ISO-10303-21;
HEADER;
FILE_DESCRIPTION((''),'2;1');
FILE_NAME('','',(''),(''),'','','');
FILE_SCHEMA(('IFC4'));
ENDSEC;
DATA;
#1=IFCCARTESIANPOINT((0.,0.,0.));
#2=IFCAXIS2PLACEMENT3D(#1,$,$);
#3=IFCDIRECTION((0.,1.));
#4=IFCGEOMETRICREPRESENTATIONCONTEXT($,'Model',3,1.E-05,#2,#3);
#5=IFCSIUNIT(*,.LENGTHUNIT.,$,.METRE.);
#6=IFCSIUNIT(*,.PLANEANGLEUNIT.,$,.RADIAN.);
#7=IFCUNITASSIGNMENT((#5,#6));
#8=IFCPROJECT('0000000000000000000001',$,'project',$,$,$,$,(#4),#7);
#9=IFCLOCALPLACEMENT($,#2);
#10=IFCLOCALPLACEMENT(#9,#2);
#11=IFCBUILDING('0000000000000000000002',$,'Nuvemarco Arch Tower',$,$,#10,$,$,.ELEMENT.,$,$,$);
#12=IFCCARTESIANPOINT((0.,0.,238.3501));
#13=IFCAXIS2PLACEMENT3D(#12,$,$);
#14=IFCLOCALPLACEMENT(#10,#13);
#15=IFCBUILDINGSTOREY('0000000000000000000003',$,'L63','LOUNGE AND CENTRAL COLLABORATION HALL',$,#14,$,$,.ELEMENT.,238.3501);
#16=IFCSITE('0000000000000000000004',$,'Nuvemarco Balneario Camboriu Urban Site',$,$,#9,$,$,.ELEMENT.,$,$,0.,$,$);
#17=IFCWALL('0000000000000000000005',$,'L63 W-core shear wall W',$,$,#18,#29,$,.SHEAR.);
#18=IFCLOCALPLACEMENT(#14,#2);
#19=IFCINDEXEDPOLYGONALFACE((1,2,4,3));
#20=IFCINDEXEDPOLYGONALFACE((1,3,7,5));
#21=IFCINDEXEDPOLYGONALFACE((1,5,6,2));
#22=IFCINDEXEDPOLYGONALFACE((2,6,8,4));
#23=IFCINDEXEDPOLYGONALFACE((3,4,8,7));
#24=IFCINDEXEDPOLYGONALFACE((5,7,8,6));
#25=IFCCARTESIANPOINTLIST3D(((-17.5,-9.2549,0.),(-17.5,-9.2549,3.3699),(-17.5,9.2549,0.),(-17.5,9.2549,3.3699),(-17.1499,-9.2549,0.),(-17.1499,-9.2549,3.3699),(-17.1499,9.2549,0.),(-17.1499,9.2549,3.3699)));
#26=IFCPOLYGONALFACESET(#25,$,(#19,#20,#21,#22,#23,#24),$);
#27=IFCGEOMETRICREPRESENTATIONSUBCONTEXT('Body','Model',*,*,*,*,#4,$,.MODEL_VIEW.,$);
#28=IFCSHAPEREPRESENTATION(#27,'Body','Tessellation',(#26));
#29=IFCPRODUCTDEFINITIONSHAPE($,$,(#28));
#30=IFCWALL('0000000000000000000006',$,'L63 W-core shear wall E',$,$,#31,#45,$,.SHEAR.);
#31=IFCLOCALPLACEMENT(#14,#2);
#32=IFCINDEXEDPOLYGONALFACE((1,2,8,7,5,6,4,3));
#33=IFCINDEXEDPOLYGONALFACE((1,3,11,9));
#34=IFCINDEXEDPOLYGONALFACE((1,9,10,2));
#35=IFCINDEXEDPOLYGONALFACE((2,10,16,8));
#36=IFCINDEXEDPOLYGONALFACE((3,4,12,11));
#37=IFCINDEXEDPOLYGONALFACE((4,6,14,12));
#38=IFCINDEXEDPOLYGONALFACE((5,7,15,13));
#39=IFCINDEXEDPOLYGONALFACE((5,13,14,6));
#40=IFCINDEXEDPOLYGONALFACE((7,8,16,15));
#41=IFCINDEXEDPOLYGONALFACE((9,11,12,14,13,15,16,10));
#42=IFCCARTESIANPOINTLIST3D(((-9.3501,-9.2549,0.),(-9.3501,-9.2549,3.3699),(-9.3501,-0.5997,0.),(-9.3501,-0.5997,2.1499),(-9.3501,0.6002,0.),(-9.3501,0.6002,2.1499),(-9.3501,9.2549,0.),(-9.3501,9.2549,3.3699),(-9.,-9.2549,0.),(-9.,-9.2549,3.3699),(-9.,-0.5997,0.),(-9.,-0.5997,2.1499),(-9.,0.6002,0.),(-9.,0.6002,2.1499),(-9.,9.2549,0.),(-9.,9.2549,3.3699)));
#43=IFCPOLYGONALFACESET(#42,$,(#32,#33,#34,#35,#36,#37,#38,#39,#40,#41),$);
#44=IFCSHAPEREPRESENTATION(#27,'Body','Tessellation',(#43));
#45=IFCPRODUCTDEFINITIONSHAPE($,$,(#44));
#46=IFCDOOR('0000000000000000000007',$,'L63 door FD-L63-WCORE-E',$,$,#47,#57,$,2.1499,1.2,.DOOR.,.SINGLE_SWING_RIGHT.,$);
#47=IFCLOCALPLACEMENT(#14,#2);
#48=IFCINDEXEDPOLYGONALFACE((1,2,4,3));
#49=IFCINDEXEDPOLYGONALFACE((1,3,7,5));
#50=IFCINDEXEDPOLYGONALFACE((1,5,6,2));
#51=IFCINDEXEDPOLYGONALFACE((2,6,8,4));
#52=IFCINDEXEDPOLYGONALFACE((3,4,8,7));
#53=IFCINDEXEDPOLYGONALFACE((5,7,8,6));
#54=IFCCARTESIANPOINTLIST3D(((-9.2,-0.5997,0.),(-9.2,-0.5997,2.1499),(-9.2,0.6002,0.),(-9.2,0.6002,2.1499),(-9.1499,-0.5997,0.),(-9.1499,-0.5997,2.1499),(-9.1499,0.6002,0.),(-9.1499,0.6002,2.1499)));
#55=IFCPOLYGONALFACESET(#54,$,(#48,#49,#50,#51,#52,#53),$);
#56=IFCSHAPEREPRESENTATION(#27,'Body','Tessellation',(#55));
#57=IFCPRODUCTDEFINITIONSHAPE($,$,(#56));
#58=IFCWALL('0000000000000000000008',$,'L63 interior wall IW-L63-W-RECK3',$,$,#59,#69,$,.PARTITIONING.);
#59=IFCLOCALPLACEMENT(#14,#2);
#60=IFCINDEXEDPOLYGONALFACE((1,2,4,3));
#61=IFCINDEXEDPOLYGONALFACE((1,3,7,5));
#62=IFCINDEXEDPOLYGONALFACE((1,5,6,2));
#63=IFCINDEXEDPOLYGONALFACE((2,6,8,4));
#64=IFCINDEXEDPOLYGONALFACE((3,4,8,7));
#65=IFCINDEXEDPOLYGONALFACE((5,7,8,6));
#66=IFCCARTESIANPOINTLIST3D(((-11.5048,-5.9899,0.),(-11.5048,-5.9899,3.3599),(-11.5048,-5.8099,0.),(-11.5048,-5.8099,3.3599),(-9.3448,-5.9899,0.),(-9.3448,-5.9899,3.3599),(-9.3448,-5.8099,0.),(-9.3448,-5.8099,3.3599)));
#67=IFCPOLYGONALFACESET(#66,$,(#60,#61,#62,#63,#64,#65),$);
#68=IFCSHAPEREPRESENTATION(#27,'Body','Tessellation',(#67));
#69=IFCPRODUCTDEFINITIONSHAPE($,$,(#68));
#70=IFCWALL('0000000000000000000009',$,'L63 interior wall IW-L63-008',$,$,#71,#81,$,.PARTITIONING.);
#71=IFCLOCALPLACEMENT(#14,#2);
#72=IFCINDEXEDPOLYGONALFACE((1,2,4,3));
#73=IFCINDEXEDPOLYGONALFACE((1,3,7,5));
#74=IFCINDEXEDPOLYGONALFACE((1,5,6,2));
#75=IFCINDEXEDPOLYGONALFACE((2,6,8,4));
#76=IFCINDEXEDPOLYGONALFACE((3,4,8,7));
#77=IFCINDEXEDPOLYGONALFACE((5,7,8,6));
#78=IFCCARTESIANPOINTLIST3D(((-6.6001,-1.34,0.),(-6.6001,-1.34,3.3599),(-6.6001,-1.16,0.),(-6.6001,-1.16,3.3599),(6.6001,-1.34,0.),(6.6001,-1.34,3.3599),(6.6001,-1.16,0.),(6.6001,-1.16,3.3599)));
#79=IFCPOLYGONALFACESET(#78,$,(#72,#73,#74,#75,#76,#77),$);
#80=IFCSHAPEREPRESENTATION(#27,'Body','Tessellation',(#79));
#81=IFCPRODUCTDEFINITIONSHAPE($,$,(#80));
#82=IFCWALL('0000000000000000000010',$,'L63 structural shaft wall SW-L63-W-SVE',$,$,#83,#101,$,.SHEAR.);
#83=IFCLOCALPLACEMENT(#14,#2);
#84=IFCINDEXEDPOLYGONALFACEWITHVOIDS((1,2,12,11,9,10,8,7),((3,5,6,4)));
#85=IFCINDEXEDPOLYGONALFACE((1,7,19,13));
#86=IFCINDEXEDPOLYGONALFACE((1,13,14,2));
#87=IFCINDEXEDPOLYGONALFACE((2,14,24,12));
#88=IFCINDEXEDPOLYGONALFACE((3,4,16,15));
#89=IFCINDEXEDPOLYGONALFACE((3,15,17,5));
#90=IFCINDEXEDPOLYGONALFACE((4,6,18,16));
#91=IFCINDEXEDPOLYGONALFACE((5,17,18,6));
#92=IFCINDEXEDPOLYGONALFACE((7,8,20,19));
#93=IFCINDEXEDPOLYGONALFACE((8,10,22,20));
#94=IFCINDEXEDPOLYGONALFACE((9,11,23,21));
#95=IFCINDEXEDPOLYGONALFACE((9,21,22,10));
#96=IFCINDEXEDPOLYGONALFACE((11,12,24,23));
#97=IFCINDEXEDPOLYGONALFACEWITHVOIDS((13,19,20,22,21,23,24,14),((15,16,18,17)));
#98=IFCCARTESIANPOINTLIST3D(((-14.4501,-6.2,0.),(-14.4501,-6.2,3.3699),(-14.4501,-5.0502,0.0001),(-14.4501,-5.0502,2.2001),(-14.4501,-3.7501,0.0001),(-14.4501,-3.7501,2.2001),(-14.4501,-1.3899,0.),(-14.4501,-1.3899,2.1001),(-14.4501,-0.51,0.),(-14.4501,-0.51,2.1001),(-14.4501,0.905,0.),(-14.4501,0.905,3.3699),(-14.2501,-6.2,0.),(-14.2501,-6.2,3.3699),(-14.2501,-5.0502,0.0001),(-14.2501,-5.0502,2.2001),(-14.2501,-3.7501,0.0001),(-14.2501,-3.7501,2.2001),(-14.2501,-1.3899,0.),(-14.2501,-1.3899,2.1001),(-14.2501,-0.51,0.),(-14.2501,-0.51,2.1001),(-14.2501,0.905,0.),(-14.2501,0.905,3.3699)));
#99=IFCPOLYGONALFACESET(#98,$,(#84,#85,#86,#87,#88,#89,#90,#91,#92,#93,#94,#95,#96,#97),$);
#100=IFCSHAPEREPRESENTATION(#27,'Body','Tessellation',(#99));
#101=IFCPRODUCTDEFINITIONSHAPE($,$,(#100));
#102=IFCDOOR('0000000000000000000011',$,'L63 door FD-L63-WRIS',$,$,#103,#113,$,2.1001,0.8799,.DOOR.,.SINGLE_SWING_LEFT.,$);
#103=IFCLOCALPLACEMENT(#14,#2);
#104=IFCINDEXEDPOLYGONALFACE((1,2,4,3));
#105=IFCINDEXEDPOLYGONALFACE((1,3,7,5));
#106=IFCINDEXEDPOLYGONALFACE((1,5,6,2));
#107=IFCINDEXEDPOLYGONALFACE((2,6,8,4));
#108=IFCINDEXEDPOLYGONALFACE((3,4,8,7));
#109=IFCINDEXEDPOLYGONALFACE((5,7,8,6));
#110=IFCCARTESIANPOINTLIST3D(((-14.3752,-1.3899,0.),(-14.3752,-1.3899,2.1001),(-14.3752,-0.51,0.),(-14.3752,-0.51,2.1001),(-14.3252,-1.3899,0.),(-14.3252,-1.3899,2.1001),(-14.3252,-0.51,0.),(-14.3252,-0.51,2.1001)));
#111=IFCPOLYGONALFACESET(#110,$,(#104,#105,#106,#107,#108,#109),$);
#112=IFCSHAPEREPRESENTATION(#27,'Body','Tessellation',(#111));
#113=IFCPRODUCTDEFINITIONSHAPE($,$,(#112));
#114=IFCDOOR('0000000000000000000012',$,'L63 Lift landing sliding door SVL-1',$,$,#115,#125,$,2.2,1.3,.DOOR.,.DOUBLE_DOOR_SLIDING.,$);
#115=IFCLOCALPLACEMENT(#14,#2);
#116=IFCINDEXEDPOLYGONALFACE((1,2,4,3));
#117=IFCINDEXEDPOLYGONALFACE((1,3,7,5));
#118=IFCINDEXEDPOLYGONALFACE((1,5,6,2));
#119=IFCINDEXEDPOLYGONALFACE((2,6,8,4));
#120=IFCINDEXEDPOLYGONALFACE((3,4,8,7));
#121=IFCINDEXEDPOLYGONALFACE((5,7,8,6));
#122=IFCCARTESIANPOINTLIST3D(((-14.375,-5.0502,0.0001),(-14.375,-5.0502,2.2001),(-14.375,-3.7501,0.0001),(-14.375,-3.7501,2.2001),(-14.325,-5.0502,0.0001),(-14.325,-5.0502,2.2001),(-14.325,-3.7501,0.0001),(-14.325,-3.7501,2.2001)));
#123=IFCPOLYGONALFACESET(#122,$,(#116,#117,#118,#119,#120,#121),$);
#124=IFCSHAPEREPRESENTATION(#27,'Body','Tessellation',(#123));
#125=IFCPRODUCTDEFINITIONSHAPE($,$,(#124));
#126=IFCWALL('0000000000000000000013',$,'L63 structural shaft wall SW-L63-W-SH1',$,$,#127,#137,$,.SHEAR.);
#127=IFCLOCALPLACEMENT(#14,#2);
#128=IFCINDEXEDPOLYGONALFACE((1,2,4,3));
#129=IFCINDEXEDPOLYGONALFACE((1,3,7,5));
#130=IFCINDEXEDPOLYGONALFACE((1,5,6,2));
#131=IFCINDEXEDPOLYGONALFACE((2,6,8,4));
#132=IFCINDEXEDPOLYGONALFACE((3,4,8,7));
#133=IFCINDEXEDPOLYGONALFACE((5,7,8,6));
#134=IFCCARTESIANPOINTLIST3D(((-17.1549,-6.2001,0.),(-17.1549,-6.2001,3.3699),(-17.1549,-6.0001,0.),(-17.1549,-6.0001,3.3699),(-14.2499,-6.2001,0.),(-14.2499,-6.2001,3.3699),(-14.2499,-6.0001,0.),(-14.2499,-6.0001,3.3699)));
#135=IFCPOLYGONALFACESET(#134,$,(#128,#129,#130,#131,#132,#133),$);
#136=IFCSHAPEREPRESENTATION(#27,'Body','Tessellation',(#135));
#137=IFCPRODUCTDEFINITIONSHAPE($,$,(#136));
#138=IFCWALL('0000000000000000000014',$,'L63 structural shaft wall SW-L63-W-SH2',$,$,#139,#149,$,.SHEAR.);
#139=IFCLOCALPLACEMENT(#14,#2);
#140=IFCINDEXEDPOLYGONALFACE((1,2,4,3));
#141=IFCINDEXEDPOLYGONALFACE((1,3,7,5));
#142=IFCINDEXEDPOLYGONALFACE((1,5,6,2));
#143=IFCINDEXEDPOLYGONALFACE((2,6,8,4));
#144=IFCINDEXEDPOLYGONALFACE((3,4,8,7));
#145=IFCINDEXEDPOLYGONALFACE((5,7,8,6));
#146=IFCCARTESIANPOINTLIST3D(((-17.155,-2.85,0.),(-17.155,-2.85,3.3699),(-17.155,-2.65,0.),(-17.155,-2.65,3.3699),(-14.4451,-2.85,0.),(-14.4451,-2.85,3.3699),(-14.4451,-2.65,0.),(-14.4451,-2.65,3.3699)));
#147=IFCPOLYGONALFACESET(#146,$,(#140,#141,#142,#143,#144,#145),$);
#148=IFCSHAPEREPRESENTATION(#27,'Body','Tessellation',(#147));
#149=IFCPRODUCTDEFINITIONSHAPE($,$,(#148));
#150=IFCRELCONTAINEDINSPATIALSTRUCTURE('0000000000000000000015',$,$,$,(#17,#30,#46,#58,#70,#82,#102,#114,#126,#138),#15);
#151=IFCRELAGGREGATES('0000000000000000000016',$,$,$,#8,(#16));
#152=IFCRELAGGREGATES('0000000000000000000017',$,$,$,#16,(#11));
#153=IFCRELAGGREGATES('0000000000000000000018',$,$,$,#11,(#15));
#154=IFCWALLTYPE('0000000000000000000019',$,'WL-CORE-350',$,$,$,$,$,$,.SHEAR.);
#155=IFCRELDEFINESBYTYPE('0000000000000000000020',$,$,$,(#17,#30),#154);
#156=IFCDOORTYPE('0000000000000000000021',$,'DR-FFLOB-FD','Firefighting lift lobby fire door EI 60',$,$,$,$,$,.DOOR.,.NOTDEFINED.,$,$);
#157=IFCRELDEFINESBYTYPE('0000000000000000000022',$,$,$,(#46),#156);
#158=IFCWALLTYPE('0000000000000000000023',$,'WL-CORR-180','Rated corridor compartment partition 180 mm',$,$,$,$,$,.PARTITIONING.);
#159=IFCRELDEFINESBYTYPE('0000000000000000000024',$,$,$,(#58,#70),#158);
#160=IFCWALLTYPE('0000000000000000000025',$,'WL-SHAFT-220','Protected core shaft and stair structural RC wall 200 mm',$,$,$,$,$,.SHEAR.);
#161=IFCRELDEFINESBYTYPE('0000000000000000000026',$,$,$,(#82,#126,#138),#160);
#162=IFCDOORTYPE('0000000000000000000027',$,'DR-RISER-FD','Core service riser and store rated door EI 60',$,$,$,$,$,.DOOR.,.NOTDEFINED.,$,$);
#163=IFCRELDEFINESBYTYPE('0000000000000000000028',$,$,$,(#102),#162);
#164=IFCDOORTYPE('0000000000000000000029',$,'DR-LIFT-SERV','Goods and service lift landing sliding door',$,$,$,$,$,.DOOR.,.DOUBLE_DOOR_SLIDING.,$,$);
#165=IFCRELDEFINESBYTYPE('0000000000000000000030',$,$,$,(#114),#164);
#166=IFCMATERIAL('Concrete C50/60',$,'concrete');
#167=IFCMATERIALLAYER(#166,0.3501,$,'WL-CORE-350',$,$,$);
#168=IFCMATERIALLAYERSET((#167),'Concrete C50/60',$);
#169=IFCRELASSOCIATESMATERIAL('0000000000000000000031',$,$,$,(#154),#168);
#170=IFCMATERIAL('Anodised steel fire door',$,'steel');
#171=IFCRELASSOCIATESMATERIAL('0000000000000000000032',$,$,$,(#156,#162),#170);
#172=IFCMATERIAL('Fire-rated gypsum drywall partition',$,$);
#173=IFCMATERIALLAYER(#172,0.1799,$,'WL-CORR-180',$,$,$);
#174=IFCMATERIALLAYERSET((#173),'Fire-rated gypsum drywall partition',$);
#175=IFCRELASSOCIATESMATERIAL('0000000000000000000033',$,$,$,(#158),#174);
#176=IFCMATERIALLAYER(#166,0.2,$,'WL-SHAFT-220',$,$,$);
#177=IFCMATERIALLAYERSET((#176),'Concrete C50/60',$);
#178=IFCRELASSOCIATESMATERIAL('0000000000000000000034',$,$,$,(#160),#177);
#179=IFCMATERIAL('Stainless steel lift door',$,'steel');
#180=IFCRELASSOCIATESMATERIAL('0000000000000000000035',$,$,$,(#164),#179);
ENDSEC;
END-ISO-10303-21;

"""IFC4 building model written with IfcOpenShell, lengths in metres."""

from ifc_helpers import new_model, si_unit, direction, frame, frame_2d, origin, place, context, subcontext, project, spatial, rectangle, extrude, source, transform, mapped, material, layer, layer_set, type_object, type_shapes, element, fill, save


model = new_model("IFC4")

# Units and contexts
model_context = context("Model", 3, precision=1e-05, world=origin(), true_north=direction((0.0, 1.0)))
body_context = subcontext(model_context, "Body", "Model", "MODEL_VIEW")
ifc_project = project(units=[si_unit("LENGTHUNIT", "METRE"), si_unit("PLANEANGLEUNIT", "RADIAN")], contexts=[model_context])

# Site, building, storey
site_placement = place(None, origin())
site = spatial("IfcSite", under=ifc_project, at=site_placement, Name="Nuvemarco Balneario Camboriu Urban Site", CompositionType="ELEMENT", RefElevation=0.0)
building_placement = place(site_placement, origin())
building = spatial("IfcBuilding", under=site, at=building_placement, Name="Nuvemarco Arch Tower", CompositionType="ELEMENT")
storey_placement = place(building_placement, frame((0.0, 0.0, 238.3501)))
storey = spatial("IfcBuildingStorey", under=building, at=storey_placement, Name="L63", Description="LOUNGE AND CENTRAL COLLABORATION HALL", CompositionType="ELEMENT", Elevation=238.3501)

# Shared definitions
ifc_material_1 = material(Name="Concrete C50/60", Category="concrete")

# Wall
ifc_layer_1 = layer(ifc_material_1, 0.3501, Name="WL-CORE-350")
ifc_layer_set_1 = layer_set([ifc_layer_1], Name="Concrete C50/60")
wall_type_1 = type_object("IfcWallType", Name="WL-CORE-350", PredefinedType="SHEAR", material=ifc_layer_set_1)
wall_1_placement = place(storey_placement, frame((-17.325, -9.2549, 0.0), z_axis=(0.0, 0.0, 1.0), x_axis=(0.0, 1.0, 0.0)))
element("IfcWall", 1, at=wall_1_placement, inside=storey, type_object=wall_type_1, Name="L63 W-core shear wall W", PredefinedType="SHEAR", context=body_context, shape_type="SweptSolid", body=[
    extrude(rectangle(XDim=18.5098, YDim=0.3501, at=frame_2d((9.2549, 0.0))), origin(), (0.0, 0.0, 1.0), 3.3699),
])

# Wall, opening, door
wall_2_placement = place(storey_placement, frame((-9.175, -9.2549, 0.0), z_axis=(0.0, 0.0, 1.0), x_axis=(0.0, 1.0, 0.0)))
wall_2 = element("IfcWall", 2, at=wall_2_placement, inside=storey, type_object=wall_type_1, Name="L63 W-core shear wall E", PredefinedType="SHEAR", context=body_context, shape_type="SweptSolid", body=[
    extrude(rectangle(XDim=18.5098, YDim=0.3501, at=frame_2d((9.2549, 0.0))), origin(), (0.0, 0.0, 1.0), 3.3699),
])
opening_1_placement = place(wall_2_placement, frame((8.655, 0.0, 0.0)))
opening_1 = element("IfcOpeningElement", 3, at=opening_1_placement, cuts=wall_2, PredefinedType="OPENING", context=body_context, shape_type="SweptSolid", body=[
    extrude(rectangle(XDim=1.2, YDim=2.1499, at=frame_2d((0.6001, 1.075))), frame((0.0, 0.1851, 0.0), z_axis=(0.0, -1.0, 0.0), x_axis=(1.0, 0.0, 0.0)), (0.0, 0.0, 1.0), 0.3701),
])
ifc_material_2 = material(Name="Anodised steel fire door", Category="steel")
door_type_1 = type_object("IfcDoorType", Name="DR-FFLOB-FD", Description="Firefighting lift lobby fire door EI 60", OperationType="NOTDEFINED", PredefinedType="DOOR", material=ifc_material_2)
shared_shape_1 = source(origin(), body_context, "Body", "SweptSolid", [
    extrude(rectangle(XDim=1.2, YDim=2.1499, at=frame_2d((0.6001, 1.075))), frame((0.0, 0.0249, 0.0), z_axis=(0.0, -1.0, 0.0), x_axis=(1.0, 0.0, 0.0)), (0.0, 0.0, 1.0), 0.05),
])
type_shapes(door_type_1, [shared_shape_1])
door_1_placement = place(opening_1_placement, origin())
door_1 = element("IfcDoor", 4, at=door_1_placement, inside=storey, type_object=door_type_1, Name="L63 door FD-L63-WCORE-E", OperationType="SINGLE_SWING_RIGHT", OverallHeight=2.1499, OverallWidth=1.2, PredefinedType="DOOR", context=body_context, shape_type="MappedRepresentation", body=[
    mapped(shared_shape_1, transform((0.0, 0.0, 0.0), scale=1.0)),
])
fill(opening_1, door_1)

# Walls
ifc_material_3 = material(Name="Fire-rated gypsum drywall partition")
ifc_layer_2 = layer(ifc_material_3, 0.1799, Name="WL-CORR-180")
ifc_layer_set_2 = layer_set([ifc_layer_2], Name="Fire-rated gypsum drywall partition")
wall_type_2 = type_object("IfcWallType", Name="WL-CORR-180", Description="Rated corridor compartment partition 180 mm", PredefinedType="PARTITIONING", material=ifc_layer_set_2)
wall_3_placement = place(storey_placement, frame((-11.5049, -5.8999, 0.0), z_axis=(0.0, 0.0, 1.0), x_axis=(1.0, 0.0, 0.0)))
element("IfcWall", 5, at=wall_3_placement, inside=storey, type_object=wall_type_2, Name="L63 interior wall IW-L63-W-RECK3", PredefinedType="PARTITIONING", context=body_context, shape_type="SweptSolid", body=[
    extrude(rectangle(XDim=2.1599, YDim=0.1799, at=frame_2d((1.0801, 0.0))), origin(), (0.0, 0.0, 1.0), 3.3599),
])
wall_4_placement = place(storey_placement, frame((-6.6001, -1.25, 0.0), z_axis=(0.0, 0.0, 1.0), x_axis=(1.0, 0.0, 0.0)))
element("IfcWall", 6, at=wall_4_placement, inside=storey, type_object=wall_type_2, Name="L63 interior wall IW-L63-008", PredefinedType="PARTITIONING", context=body_context, shape_type="SweptSolid", body=[
    extrude(rectangle(XDim=13.2002, YDim=0.1799, at=frame_2d((6.6001, 0.0))), origin(), (0.0, 0.0, 1.0), 3.3599),
])

# Shared definitions
ifc_layer_3 = layer(ifc_material_1, 0.2, Name="WL-SHAFT-220")
ifc_layer_set_3 = layer_set([ifc_layer_3], Name="Concrete C50/60")
wall_type_3 = type_object("IfcWallType", Name="WL-SHAFT-220", Description="Protected core shaft and stair structural RC wall 200 mm", PredefinedType="SHEAR", material=ifc_layer_set_3)
ifc_material_4 = material(Name="Stainless steel lift door", Category="steel")

# Wall, openings, doors
wall_5_placement = place(storey_placement, frame((-14.3501, -6.2, 0.0), z_axis=(0.0, 0.0, 1.0), x_axis=(0.0, 1.0, 0.0)))
wall_5 = element("IfcWall", 7, at=wall_5_placement, inside=storey, type_object=wall_type_3, Name="L63 structural shaft wall SW-L63-W-SVE", PredefinedType="SHEAR", context=body_context, shape_type="SweptSolid", body=[
    extrude(rectangle(XDim=7.105, YDim=0.2, at=frame_2d((3.5525, 0.0))), origin(), (0.0, 0.0, 1.0), 3.3699),
])
opening_2_placement = place(wall_5_placement, frame((5.6899, 0.0, 0.0), z_axis=(0.0, 0.0, 1.0), x_axis=(-1.0, 0.0, 0.0)))
opening_2 = element("IfcOpeningElement", 8, at=opening_2_placement, cuts=wall_5, PredefinedType="OPENING", context=body_context, shape_type="SweptSolid", body=[
    extrude(rectangle(XDim=0.8799, YDim=2.1001, at=frame_2d((0.4399, 1.05))), frame((0.0, 0.1099, 0.0), z_axis=(0.0, -1.0, 0.0), x_axis=(1.0, 0.0, 0.0)), (0.0, 0.0, 1.0), 0.22),
])
opening_3_placement = place(wall_5_placement, frame((1.1499, 0.0, 0.0)))
opening_3 = element("IfcOpeningElement", 9, at=opening_3_placement, cuts=wall_5, PredefinedType="OPENING", context=body_context, shape_type="SweptSolid", body=[
    extrude(rectangle(XDim=1.3, YDim=2.2, at=frame_2d((0.6499, 1.1001))), frame((0.0, 0.1099, 0.0), z_axis=(0.0, -1.0, 0.0), x_axis=(1.0, 0.0, 0.0)), (0.0, 0.0, 1.0), 0.22),
])
door_type_2 = type_object("IfcDoorType", Name="DR-RISER-FD", Description="Core service riser and store rated door EI 60", OperationType="NOTDEFINED", PredefinedType="DOOR", material=ifc_material_2)
shared_shape_2 = source(origin(), body_context, "Body", "SweptSolid", [
    extrude(rectangle(XDim=0.8799, YDim=2.1001, at=frame_2d((0.4399, 1.05))), frame((0.0, 0.0249, 0.0), z_axis=(0.0, -1.0, 0.0), x_axis=(1.0, 0.0, 0.0)), (0.0, 0.0, 1.0), 0.05),
])
type_shapes(door_type_2, [shared_shape_2])
door_2_placement = place(opening_2_placement, origin())
door_2 = element("IfcDoor", 10, at=door_2_placement, inside=storey, type_object=door_type_2, Name="L63 door FD-L63-WRIS", OperationType="SINGLE_SWING_LEFT", OverallHeight=2.1001, OverallWidth=0.8799, PredefinedType="DOOR", context=body_context, shape_type="MappedRepresentation", body=[
    mapped(shared_shape_2, transform((0.0, 0.0, 0.0), scale=1.0)),
])
fill(opening_2, door_2)
door_type_3 = type_object("IfcDoorType", Name="DR-LIFT-SERV", Description="Goods and service lift landing sliding door", OperationType="DOUBLE_DOOR_SLIDING", PredefinedType="DOOR", material=ifc_material_4)
shared_shape_3 = source(origin(), body_context, "Body", "SweptSolid", [
    extrude(rectangle(XDim=1.3, YDim=2.2, at=frame_2d((0.6499, 1.1001))), frame((0.0, 0.0249, 0.0), z_axis=(0.0, -1.0, 0.0), x_axis=(1.0, 0.0, 0.0)), (0.0, 0.0, 1.0), 0.05),
])
type_shapes(door_type_3, [shared_shape_3])
door_3_placement = place(opening_3_placement, origin())
door_3 = element("IfcDoor", 11, at=door_3_placement, inside=storey, type_object=door_type_3, Name="L63 Lift landing sliding door SVL-1", OperationType="DOUBLE_DOOR_SLIDING", OverallHeight=2.2, OverallWidth=1.3, PredefinedType="DOOR", context=body_context, shape_type="MappedRepresentation", body=[
    mapped(shared_shape_3, transform((0.0, 0.0, 0.0), scale=1.0)),
])
fill(opening_3, door_3)

# Walls
wall_6_placement = place(storey_placement, frame((-17.155, -6.1001, 0.0), z_axis=(0.0, 0.0, 1.0), x_axis=(1.0, 0.0, 0.0)))
element("IfcWall", 12, at=wall_6_placement, inside=storey, type_object=wall_type_3, Name="L63 structural shaft wall SW-L63-W-SH1", PredefinedType="SHEAR", context=body_context, shape_type="SweptSolid", body=[
    extrude(rectangle(XDim=2.905, YDim=0.2, at=frame_2d((1.4526, 0.0))), origin(), (0.0, 0.0, 1.0), 3.3699),
])
wall_7_placement = place(storey_placement, frame((-17.155, -2.75, 0.0), z_axis=(0.0, 0.0, 1.0), x_axis=(1.0, 0.0, 0.0)))
element("IfcWall", 13, at=wall_7_placement, inside=storey, type_object=wall_type_3, Name="L63 structural shaft wall SW-L63-W-SH2", PredefinedType="SHEAR", context=body_context, shape_type="SweptSolid", body=[
    extrude(rectangle(XDim=2.71, YDim=0.2, at=frame_2d((1.355, 0.0))), origin(), (0.0, 0.0, 1.0), 3.3699),
])

save(model, "model.ifc")
